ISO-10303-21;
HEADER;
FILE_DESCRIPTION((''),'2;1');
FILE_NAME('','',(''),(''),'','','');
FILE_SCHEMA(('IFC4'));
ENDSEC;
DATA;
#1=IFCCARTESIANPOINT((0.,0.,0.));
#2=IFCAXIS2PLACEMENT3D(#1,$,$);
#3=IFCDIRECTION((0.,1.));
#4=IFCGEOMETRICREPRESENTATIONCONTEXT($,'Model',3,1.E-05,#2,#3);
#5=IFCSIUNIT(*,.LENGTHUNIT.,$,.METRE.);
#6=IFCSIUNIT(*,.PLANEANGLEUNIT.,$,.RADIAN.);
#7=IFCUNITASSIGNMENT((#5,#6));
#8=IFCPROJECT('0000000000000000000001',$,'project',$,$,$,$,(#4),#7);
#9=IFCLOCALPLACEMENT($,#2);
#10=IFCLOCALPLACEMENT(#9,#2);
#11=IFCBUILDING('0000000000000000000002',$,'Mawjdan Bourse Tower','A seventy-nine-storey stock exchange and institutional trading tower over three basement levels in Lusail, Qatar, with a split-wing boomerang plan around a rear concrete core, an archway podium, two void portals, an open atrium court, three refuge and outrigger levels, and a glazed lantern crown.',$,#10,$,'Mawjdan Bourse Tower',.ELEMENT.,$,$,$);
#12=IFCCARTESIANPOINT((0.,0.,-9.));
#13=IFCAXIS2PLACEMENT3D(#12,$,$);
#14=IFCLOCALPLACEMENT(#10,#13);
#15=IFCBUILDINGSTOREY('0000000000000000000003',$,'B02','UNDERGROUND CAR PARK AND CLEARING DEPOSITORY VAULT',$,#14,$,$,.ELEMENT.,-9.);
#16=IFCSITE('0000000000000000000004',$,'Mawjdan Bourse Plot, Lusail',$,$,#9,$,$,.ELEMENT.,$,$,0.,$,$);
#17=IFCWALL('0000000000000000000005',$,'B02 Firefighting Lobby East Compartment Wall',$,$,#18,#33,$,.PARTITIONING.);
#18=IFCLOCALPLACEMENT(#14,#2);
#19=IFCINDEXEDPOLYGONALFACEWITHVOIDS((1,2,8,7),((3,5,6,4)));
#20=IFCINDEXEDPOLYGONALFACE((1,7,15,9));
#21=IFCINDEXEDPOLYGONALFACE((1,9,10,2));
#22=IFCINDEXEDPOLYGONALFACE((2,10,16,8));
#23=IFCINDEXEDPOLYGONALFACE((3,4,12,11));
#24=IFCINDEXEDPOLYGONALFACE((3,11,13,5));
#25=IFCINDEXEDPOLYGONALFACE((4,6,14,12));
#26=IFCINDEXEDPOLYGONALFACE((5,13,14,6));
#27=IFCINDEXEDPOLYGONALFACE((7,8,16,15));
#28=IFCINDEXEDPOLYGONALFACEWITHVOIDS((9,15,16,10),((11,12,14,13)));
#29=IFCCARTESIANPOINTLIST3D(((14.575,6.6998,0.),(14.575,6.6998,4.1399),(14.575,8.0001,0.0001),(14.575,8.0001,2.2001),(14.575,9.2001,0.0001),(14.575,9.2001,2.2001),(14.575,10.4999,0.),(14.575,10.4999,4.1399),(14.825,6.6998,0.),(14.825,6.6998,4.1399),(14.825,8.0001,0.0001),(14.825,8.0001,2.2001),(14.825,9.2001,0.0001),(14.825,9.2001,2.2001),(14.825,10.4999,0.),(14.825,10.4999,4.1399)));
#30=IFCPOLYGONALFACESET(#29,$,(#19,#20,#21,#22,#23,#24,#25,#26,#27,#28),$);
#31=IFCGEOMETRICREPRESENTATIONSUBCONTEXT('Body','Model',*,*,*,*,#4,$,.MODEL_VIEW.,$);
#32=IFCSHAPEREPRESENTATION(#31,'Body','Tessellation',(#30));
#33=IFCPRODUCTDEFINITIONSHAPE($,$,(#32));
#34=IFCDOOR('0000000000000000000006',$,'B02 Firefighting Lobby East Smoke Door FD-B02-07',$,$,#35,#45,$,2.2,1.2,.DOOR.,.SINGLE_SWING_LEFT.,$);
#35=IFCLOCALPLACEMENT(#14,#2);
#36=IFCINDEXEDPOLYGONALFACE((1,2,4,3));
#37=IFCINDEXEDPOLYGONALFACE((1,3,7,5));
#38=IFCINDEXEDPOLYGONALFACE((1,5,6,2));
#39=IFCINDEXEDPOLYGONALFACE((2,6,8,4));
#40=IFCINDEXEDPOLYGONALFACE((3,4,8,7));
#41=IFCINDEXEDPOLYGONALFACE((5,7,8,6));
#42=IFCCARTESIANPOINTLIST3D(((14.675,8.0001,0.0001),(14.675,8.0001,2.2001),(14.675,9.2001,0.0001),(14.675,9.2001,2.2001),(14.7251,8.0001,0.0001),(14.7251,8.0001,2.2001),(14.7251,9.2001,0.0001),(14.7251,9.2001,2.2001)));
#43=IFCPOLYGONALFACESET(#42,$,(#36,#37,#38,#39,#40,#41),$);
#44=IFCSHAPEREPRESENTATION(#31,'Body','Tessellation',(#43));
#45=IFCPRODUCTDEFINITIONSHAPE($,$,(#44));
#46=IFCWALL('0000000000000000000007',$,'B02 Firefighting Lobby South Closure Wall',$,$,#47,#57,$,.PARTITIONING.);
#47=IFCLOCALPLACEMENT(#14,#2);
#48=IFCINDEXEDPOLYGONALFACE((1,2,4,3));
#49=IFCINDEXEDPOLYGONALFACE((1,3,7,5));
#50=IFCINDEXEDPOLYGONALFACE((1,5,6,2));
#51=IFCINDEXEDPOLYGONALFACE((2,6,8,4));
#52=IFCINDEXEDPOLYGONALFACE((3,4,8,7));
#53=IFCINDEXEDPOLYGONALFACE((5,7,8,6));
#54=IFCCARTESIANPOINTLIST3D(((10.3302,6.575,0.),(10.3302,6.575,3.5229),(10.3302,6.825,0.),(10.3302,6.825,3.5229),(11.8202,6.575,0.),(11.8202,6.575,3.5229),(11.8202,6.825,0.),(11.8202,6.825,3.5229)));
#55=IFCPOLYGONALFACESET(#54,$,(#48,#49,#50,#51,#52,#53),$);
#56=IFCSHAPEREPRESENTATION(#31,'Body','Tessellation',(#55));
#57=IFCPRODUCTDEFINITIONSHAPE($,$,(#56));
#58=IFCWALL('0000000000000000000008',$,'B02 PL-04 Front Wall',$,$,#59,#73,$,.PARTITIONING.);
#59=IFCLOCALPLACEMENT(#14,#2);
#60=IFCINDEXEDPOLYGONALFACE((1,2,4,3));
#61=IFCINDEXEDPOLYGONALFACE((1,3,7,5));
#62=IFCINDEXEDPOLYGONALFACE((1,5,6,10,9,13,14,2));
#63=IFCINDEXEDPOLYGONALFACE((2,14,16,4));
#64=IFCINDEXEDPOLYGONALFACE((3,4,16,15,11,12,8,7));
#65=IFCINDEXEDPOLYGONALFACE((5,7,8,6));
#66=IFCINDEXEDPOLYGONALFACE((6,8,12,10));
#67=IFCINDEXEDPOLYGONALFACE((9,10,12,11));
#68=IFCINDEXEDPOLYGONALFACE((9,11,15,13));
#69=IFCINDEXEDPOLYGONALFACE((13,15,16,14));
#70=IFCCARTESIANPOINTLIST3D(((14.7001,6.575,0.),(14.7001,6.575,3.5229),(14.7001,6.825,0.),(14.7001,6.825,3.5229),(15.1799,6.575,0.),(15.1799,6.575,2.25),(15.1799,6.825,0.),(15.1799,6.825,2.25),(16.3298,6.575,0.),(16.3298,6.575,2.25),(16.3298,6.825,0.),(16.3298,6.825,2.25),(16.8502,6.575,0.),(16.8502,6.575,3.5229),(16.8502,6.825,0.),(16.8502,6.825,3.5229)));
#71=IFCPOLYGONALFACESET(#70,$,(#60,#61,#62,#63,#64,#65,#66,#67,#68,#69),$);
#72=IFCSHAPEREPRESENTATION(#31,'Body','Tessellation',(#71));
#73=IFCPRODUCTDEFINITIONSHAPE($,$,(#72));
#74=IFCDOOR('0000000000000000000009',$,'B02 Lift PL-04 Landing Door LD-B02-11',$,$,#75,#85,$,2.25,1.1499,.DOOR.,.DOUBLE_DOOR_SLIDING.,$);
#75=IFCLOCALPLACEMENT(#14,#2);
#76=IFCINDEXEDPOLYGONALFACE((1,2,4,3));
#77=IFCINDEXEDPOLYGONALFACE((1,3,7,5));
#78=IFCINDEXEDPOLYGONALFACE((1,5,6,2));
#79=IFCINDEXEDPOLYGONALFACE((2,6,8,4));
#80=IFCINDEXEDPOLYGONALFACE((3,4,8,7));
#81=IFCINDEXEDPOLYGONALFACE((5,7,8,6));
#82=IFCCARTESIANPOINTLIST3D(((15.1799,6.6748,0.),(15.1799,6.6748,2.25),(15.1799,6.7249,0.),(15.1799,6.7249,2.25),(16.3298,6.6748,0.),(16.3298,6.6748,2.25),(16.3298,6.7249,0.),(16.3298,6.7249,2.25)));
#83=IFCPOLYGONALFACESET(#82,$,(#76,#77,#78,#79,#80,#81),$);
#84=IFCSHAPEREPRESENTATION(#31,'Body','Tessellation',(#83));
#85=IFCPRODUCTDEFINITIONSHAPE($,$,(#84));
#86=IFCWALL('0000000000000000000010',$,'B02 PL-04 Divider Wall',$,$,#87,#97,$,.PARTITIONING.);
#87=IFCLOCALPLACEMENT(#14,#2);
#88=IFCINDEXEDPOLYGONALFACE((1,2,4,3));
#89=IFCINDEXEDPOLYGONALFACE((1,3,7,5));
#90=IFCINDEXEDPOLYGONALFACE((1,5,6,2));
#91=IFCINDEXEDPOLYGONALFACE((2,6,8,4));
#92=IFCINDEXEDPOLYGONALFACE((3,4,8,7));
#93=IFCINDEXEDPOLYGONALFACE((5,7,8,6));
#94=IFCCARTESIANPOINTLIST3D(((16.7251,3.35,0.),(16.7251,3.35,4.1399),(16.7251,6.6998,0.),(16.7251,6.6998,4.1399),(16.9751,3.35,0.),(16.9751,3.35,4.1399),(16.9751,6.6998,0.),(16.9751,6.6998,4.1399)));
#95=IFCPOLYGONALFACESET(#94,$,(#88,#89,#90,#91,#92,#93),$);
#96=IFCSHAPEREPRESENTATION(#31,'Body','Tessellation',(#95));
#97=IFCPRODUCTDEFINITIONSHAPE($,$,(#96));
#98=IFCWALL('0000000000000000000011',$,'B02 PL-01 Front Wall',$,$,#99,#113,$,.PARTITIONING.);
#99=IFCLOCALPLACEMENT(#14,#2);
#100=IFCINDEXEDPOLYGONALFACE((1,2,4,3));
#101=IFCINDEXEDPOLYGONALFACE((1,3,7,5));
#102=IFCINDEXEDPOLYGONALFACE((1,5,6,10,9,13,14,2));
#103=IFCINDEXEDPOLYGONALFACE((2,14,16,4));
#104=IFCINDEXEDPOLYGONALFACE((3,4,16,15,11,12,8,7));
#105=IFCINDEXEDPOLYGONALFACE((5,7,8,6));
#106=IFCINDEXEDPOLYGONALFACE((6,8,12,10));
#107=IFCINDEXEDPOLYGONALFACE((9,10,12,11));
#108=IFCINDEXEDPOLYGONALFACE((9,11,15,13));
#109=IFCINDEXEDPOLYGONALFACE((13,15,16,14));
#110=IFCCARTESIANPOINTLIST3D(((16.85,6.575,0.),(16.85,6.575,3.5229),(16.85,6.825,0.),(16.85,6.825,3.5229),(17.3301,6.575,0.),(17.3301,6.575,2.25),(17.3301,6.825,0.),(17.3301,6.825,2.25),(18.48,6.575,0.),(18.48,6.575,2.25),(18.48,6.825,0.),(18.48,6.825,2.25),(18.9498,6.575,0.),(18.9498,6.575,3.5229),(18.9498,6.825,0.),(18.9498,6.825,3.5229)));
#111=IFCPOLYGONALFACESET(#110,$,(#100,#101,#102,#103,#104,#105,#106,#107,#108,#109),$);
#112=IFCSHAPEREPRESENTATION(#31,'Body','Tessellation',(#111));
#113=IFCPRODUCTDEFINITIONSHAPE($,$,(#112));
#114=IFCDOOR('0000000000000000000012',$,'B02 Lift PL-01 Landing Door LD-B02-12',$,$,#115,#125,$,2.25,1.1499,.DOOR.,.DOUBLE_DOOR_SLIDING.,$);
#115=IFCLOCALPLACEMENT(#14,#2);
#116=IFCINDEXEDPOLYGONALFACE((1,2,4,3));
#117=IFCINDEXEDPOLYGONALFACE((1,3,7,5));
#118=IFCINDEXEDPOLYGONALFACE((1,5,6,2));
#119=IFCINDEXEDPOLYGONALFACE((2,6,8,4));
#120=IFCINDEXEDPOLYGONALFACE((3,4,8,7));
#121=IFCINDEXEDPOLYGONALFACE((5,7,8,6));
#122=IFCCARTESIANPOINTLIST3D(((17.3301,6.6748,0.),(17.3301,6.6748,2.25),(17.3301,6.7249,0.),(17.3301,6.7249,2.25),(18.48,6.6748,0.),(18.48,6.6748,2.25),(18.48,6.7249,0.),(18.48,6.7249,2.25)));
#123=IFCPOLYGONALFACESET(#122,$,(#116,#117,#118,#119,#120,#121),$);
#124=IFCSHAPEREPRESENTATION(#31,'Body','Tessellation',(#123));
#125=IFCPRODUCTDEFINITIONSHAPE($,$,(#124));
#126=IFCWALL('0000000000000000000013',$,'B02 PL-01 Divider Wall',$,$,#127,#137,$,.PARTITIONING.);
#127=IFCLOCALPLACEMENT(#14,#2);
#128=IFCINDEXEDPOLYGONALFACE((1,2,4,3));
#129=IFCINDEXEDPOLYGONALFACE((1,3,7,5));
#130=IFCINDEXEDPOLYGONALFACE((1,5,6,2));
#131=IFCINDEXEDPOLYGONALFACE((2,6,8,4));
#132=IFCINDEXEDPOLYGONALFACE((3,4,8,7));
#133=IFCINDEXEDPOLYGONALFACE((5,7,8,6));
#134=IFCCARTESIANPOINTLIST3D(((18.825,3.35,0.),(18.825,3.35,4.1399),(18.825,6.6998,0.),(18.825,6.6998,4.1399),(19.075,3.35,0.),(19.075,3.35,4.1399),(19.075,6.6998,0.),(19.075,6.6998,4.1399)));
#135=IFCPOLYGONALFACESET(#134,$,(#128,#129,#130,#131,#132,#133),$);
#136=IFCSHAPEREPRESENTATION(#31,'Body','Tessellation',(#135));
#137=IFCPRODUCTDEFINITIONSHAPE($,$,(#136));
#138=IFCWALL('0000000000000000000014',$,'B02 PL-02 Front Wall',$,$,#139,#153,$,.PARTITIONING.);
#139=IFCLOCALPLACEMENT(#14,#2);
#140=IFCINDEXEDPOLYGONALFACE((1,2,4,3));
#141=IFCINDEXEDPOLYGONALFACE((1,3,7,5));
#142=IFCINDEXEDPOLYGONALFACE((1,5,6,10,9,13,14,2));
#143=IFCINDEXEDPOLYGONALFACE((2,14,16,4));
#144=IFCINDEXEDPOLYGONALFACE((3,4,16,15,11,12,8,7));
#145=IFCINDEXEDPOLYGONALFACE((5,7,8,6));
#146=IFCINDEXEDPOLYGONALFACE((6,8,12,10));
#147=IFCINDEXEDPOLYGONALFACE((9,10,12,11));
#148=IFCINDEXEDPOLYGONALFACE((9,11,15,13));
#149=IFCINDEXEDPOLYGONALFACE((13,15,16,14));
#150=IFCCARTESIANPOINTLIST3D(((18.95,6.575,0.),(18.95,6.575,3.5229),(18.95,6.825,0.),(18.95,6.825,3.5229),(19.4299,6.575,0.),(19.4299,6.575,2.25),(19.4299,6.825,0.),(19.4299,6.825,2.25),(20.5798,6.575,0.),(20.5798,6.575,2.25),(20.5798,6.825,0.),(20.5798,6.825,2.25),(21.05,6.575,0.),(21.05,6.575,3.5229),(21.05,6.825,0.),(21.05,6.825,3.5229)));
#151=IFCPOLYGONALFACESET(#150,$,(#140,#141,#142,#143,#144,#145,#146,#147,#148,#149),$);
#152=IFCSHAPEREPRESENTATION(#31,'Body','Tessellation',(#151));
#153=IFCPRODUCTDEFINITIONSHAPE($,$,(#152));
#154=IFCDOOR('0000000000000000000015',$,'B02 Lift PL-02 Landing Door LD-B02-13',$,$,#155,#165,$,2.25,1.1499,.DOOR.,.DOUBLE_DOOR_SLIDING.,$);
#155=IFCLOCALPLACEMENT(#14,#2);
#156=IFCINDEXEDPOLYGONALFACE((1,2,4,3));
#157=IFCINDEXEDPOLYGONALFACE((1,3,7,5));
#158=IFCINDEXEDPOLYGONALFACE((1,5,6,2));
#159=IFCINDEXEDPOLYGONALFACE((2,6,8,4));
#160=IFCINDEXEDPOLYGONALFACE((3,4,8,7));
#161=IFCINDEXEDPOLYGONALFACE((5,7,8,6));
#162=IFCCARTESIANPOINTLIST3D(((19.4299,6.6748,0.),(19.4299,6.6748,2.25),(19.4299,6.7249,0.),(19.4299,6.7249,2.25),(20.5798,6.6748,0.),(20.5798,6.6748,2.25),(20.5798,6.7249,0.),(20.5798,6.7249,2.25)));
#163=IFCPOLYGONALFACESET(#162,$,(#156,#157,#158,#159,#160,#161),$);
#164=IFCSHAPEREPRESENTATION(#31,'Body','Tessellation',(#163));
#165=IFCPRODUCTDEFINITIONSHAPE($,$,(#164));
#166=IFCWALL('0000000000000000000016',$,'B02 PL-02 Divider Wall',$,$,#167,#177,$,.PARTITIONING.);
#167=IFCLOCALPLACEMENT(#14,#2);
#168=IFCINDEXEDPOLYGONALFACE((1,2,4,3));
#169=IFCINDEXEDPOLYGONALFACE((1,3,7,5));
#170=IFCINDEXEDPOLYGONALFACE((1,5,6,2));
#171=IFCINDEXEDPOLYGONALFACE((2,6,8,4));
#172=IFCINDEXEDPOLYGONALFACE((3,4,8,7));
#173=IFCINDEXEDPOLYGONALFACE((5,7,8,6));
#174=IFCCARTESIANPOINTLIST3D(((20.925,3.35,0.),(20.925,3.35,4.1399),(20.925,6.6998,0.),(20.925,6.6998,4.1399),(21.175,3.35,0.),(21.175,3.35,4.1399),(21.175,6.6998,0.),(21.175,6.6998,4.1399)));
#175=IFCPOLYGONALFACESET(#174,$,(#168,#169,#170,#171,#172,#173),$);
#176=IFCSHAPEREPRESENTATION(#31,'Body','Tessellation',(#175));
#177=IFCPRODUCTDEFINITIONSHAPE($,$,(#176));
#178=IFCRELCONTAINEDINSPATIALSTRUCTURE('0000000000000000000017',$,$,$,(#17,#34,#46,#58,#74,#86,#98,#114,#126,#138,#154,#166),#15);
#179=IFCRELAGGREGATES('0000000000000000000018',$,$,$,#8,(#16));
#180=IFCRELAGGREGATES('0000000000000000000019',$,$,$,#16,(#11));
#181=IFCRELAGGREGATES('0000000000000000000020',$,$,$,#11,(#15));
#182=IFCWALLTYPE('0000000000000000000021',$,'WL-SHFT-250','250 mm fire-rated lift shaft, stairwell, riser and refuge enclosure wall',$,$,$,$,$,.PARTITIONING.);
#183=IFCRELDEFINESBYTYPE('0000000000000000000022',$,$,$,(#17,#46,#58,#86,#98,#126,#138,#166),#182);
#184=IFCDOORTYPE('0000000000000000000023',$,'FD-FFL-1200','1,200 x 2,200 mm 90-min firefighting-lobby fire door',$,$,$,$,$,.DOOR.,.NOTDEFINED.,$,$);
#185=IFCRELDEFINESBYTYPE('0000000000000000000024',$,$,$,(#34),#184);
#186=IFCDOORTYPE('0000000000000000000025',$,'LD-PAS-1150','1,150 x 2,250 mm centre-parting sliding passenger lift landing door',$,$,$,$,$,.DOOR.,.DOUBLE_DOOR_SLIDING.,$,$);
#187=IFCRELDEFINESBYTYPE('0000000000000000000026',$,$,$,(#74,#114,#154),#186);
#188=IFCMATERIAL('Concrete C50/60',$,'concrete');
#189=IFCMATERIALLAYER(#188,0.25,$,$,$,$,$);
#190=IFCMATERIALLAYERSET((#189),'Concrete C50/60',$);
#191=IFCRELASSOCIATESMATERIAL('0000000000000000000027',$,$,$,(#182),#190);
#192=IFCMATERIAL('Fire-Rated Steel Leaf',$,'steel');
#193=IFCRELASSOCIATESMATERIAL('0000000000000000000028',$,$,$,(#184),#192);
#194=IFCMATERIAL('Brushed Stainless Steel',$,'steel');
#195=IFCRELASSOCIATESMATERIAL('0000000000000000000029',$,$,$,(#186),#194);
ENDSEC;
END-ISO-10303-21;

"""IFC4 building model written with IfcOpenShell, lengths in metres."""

from ifc_helpers import new_model, si_unit, direction, frame, frame_2d, origin, place, context, subcontext, project, spatial, rectangle, extrude, material, layer, layer_set, type_object, element, fill, save


model = new_model("IFC4")

# Units and contexts
model_context = context("Model", 3, precision=1e-05, world=origin(), true_north=direction((0.0, 1.0)))
body_context = subcontext(model_context, "Body", "Model", "MODEL_VIEW")
ifc_project = project(units=[si_unit("LENGTHUNIT", "METRE"), si_unit("PLANEANGLEUNIT", "RADIAN")], contexts=[model_context])

# Site, building, storey
site_placement = place(None, origin())
site = spatial("IfcSite", under=ifc_project, at=site_placement, Name="Mawjdan Bourse Plot, Lusail", CompositionType="ELEMENT", RefElevation=0.0)
building_placement = place(site_placement, origin())
building = spatial("IfcBuilding", under=site, at=building_placement, Name="Mawjdan Bourse Tower", Description="A seventy-nine-storey stock exchange and institutional trading tower over three basement levels in Lusail, Qatar, with a split-wing boomerang plan around a rear concrete core, an archway podium, two void portals, an open atrium court, three refuge and outrigger levels, and a glazed lantern crown.", LongName="Mawjdan Bourse Tower", CompositionType="ELEMENT")
storey_placement = place(building_placement, frame((0.0, 0.0, -9.0)))
storey = spatial("IfcBuildingStorey", under=building, at=storey_placement, Name="B02", Description="UNDERGROUND CAR PARK AND CLEARING DEPOSITORY VAULT", CompositionType="ELEMENT", Elevation=-9.0)

# Shared definitions
ifc_material_1 = material(Name="Concrete C50/60", Category="concrete")
ifc_layer_1 = layer(ifc_material_1, 0.25)
ifc_layer_set_1 = layer_set([ifc_layer_1], Name="Concrete C50/60")
wall_type_1 = type_object("IfcWallType", Name="WL-SHFT-250", Description="250 mm fire-rated lift shaft, stairwell, riser and refuge enclosure wall", PredefinedType="PARTITIONING", material=ifc_layer_set_1)

# Shared definitions
ifc_material_2 = material(Name="Brushed Stainless Steel", Category="steel")

# Wall, opening, door
wall_1_placement = place(storey_placement, frame((14.7, 6.7, 0.0), z_axis=(0.0, 0.0, 1.0), x_axis=(0.0, 1.0, 0.0)))
wall_1 = element("IfcWall", 1, at=wall_1_placement, inside=storey, type_object=wall_type_1, Name="B02 Firefighting Lobby East Compartment Wall", PredefinedType="PARTITIONING", context=body_context, shape_type="SweptSolid", body=[
    extrude(rectangle(XDim=3.8, YDim=0.25, at=frame_2d((1.8999, 0.0))), origin(), (0.0, 0.0, 1.0), 4.1399),
])
opening_1_placement = place(wall_1_placement, frame((1.3, 0.0, 0.0)))
opening_1 = element("IfcOpeningElement", 2, at=opening_1_placement, cuts=wall_1, PredefinedType="OPENING", context=body_context, shape_type="SweptSolid", body=[
    extrude(rectangle(XDim=1.2, YDim=2.2, at=frame_2d((0.6001, 1.1001))), frame((0.0, 0.135, 0.0), z_axis=(0.0, -1.0, 0.0), x_axis=(1.0, 0.0, 0.0)), (0.0, 0.0, 1.0), 0.27),
])
ifc_material_3 = material(Name="Fire-Rated Steel Leaf", Category="steel")
door_type_1 = type_object("IfcDoorType", Name="FD-FFL-1200", Description="1,200 x 2,200 mm 90-min firefighting-lobby fire door", OperationType="NOTDEFINED", PredefinedType="DOOR", material=ifc_material_3)
door_1_placement = place(opening_1_placement, origin())
door_1 = element("IfcDoor", 3, at=door_1_placement, inside=storey, type_object=door_type_1, Name="B02 Firefighting Lobby East Smoke Door FD-B02-07", OperationType="SINGLE_SWING_LEFT", OverallHeight=2.2, OverallWidth=1.2, PredefinedType="DOOR", context=body_context, shape_type="SweptSolid", body=[
    extrude(rectangle(XDim=1.2, YDim=2.2, at=frame_2d((0.6001, 1.1001))), frame((0.0, 0.0249, 0.0), z_axis=(0.0, -1.0, 0.0), x_axis=(1.0, 0.0, 0.0)), (0.0, 0.0, 1.0), 0.05),
])
fill(opening_1, door_1)

# Wall
wall_2_placement = place(storey_placement, frame((10.3301, 6.7, 0.0), z_axis=(0.0, 0.0, 1.0), x_axis=(1.0, 0.0, 0.0)))
element("IfcWall", 4, at=wall_2_placement, inside=storey, type_object=wall_type_1, Name="B02 Firefighting Lobby South Closure Wall", PredefinedType="PARTITIONING", context=body_context, shape_type="SweptSolid", body=[
    extrude(rectangle(XDim=1.49, YDim=0.25, at=frame_2d((0.7451, 0.0))), origin(), (0.0, 0.0, 1.0), 3.5229),
])

# Wall, opening, door
wall_3_placement = place(storey_placement, frame((14.7, 6.7, 0.0), z_axis=(0.0, 0.0, 1.0), x_axis=(1.0, 0.0, 0.0)))
wall_3 = element("IfcWall", 5, at=wall_3_placement, inside=storey, type_object=wall_type_1, Name="B02 PL-04 Front Wall", PredefinedType="PARTITIONING", context=body_context, shape_type="SweptSolid", body=[
    extrude(rectangle(XDim=2.1501, YDim=0.25, at=frame_2d((1.0752, 0.0))), origin(), (0.0, 0.0, 1.0), 3.5229),
])
opening_2_placement = place(wall_3_placement, frame((0.48, 0.0, 0.0)))
opening_2 = element("IfcOpeningElement", 6, at=opening_2_placement, cuts=wall_3, PredefinedType="OPENING", context=body_context, shape_type="SweptSolid", body=[
    extrude(rectangle(XDim=1.1499, YDim=2.25, at=frame_2d((0.575, 1.125))), frame((0.0, 0.135, 0.0), z_axis=(0.0, -1.0, 0.0), x_axis=(1.0, 0.0, 0.0)), (0.0, 0.0, 1.0), 0.27),
])
door_type_2 = type_object("IfcDoorType", Name="LD-PAS-1150", Description="1,150 x 2,250 mm centre-parting sliding passenger lift landing door", OperationType="DOUBLE_DOOR_SLIDING", PredefinedType="DOOR", material=ifc_material_2)
door_2_placement = place(opening_2_placement, origin())
door_2 = element("IfcDoor", 7, at=door_2_placement, inside=storey, type_object=door_type_2, Name="B02 Lift PL-04 Landing Door LD-B02-11", OperationType="DOUBLE_DOOR_SLIDING", OverallHeight=2.25, OverallWidth=1.1499, PredefinedType="DOOR", context=body_context, shape_type="SweptSolid", body=[
    extrude(rectangle(XDim=1.1499, YDim=2.25, at=frame_2d((0.575, 1.125))), frame((0.0, 0.0249, 0.0), z_axis=(0.0, -1.0, 0.0), x_axis=(1.0, 0.0, 0.0)), (0.0, 0.0, 1.0), 0.05),
])
fill(opening_2, door_2)

# Wall
wall_4_placement = place(storey_placement, frame((16.8501, 3.3501, 0.0), z_axis=(0.0, 0.0, 1.0), x_axis=(0.0, 1.0, 0.0)))
element("IfcWall", 8, at=wall_4_placement, inside=storey, type_object=wall_type_1, Name="B02 PL-04 Divider Wall", PredefinedType="PARTITIONING", context=body_context, shape_type="SweptSolid", body=[
    extrude(rectangle(XDim=3.3499, YDim=0.25, at=frame_2d((1.6748, 0.0))), origin(), (0.0, 0.0, 1.0), 4.1399),
])

# Wall, opening, door
wall_5_placement = place(storey_placement, frame((16.8501, 6.7, 0.0), z_axis=(0.0, 0.0, 1.0), x_axis=(1.0, 0.0, 0.0)))
wall_5 = element("IfcWall", 9, at=wall_5_placement, inside=storey, type_object=wall_type_1, Name="B02 PL-01 Front Wall", PredefinedType="PARTITIONING", context=body_context, shape_type="SweptSolid", body=[
    extrude(rectangle(XDim=2.0999, YDim=0.25, at=frame_2d((1.0498, 0.0))), origin(), (0.0, 0.0, 1.0), 3.5229),
])
opening_3_placement = place(wall_5_placement, frame((0.48, 0.0, 0.0)))
opening_3 = element("IfcOpeningElement", 10, at=opening_3_placement, cuts=wall_5, PredefinedType="OPENING", context=body_context, shape_type="SweptSolid", body=[
    extrude(rectangle(XDim=1.1499, YDim=2.25, at=frame_2d((0.575, 1.125))), frame((0.0, 0.135, 0.0), z_axis=(0.0, -1.0, 0.0), x_axis=(1.0, 0.0, 0.0)), (0.0, 0.0, 1.0), 0.27),
])
door_3_placement = place(opening_3_placement, origin())
door_3 = element("IfcDoor", 11, at=door_3_placement, inside=storey, type_object=door_type_2, Name="B02 Lift PL-01 Landing Door LD-B02-12", OperationType="DOUBLE_DOOR_SLIDING", OverallHeight=2.25, OverallWidth=1.1499, PredefinedType="DOOR", context=body_context, shape_type="SweptSolid", body=[
    extrude(rectangle(XDim=1.1499, YDim=2.25, at=frame_2d((0.575, 1.125))), frame((0.0, 0.0249, 0.0), z_axis=(0.0, -1.0, 0.0), x_axis=(1.0, 0.0, 0.0)), (0.0, 0.0, 1.0), 0.05),
])
fill(opening_3, door_3)

# Wall
wall_6_placement = place(storey_placement, frame((18.95, 3.3501, 0.0), z_axis=(0.0, 0.0, 1.0), x_axis=(0.0, 1.0, 0.0)))
element("IfcWall", 12, at=wall_6_placement, inside=storey, type_object=wall_type_1, Name="B02 PL-01 Divider Wall", PredefinedType="PARTITIONING", context=body_context, shape_type="SweptSolid", body=[
    extrude(rectangle(XDim=3.3499, YDim=0.25, at=frame_2d((1.6748, 0.0))), origin(), (0.0, 0.0, 1.0), 4.1399),
])

# Wall, opening, door
wall_7_placement = place(storey_placement, frame((18.95, 6.7, 0.0), z_axis=(0.0, 0.0, 1.0), x_axis=(1.0, 0.0, 0.0)))
wall_7 = element("IfcWall", 13, at=wall_7_placement, inside=storey, type_object=wall_type_1, Name="B02 PL-02 Front Wall", PredefinedType="PARTITIONING", context=body_context, shape_type="SweptSolid", body=[
    extrude(rectangle(XDim=2.1001, YDim=0.25, at=frame_2d((1.05, 0.0))), origin(), (0.0, 0.0, 1.0), 3.5229),
])
opening_4_placement = place(wall_7_placement, frame((0.48, 0.0, 0.0)))
opening_4 = element("IfcOpeningElement", 14, at=opening_4_placement, cuts=wall_7, PredefinedType="OPENING", context=body_context, shape_type="SweptSolid", body=[
    extrude(rectangle(XDim=1.1499, YDim=2.25, at=frame_2d((0.575, 1.125))), frame((0.0, 0.135, 0.0), z_axis=(0.0, -1.0, 0.0), x_axis=(1.0, 0.0, 0.0)), (0.0, 0.0, 1.0), 0.27),
])
door_4_placement = place(opening_4_placement, origin())
door_4 = element("IfcDoor", 15, at=door_4_placement, inside=storey, type_object=door_type_2, Name="B02 Lift PL-02 Landing Door LD-B02-13", OperationType="DOUBLE_DOOR_SLIDING", OverallHeight=2.25, OverallWidth=1.1499, PredefinedType="DOOR", context=body_context, shape_type="SweptSolid", body=[
    extrude(rectangle(XDim=1.1499, YDim=2.25, at=frame_2d((0.575, 1.125))), frame((0.0, 0.0249, 0.0), z_axis=(0.0, -1.0, 0.0), x_axis=(1.0, 0.0, 0.0)), (0.0, 0.0, 1.0), 0.05),
])
fill(opening_4, door_4)

# Wall
wall_8_placement = place(storey_placement, frame((21.05, 3.3501, 0.0), z_axis=(0.0, 0.0, 1.0), x_axis=(0.0, 1.0, 0.0)))
element("IfcWall", 16, at=wall_8_placement, inside=storey, type_object=wall_type_1, Name="B02 PL-02 Divider Wall", PredefinedType="PARTITIONING", context=body_context, shape_type="SweptSolid", body=[
    extrude(rectangle(XDim=3.3499, YDim=0.25, at=frame_2d((1.6748, 0.0))), origin(), (0.0, 0.0, 1.0), 4.1399),
])

save(model, "model.ifc")
